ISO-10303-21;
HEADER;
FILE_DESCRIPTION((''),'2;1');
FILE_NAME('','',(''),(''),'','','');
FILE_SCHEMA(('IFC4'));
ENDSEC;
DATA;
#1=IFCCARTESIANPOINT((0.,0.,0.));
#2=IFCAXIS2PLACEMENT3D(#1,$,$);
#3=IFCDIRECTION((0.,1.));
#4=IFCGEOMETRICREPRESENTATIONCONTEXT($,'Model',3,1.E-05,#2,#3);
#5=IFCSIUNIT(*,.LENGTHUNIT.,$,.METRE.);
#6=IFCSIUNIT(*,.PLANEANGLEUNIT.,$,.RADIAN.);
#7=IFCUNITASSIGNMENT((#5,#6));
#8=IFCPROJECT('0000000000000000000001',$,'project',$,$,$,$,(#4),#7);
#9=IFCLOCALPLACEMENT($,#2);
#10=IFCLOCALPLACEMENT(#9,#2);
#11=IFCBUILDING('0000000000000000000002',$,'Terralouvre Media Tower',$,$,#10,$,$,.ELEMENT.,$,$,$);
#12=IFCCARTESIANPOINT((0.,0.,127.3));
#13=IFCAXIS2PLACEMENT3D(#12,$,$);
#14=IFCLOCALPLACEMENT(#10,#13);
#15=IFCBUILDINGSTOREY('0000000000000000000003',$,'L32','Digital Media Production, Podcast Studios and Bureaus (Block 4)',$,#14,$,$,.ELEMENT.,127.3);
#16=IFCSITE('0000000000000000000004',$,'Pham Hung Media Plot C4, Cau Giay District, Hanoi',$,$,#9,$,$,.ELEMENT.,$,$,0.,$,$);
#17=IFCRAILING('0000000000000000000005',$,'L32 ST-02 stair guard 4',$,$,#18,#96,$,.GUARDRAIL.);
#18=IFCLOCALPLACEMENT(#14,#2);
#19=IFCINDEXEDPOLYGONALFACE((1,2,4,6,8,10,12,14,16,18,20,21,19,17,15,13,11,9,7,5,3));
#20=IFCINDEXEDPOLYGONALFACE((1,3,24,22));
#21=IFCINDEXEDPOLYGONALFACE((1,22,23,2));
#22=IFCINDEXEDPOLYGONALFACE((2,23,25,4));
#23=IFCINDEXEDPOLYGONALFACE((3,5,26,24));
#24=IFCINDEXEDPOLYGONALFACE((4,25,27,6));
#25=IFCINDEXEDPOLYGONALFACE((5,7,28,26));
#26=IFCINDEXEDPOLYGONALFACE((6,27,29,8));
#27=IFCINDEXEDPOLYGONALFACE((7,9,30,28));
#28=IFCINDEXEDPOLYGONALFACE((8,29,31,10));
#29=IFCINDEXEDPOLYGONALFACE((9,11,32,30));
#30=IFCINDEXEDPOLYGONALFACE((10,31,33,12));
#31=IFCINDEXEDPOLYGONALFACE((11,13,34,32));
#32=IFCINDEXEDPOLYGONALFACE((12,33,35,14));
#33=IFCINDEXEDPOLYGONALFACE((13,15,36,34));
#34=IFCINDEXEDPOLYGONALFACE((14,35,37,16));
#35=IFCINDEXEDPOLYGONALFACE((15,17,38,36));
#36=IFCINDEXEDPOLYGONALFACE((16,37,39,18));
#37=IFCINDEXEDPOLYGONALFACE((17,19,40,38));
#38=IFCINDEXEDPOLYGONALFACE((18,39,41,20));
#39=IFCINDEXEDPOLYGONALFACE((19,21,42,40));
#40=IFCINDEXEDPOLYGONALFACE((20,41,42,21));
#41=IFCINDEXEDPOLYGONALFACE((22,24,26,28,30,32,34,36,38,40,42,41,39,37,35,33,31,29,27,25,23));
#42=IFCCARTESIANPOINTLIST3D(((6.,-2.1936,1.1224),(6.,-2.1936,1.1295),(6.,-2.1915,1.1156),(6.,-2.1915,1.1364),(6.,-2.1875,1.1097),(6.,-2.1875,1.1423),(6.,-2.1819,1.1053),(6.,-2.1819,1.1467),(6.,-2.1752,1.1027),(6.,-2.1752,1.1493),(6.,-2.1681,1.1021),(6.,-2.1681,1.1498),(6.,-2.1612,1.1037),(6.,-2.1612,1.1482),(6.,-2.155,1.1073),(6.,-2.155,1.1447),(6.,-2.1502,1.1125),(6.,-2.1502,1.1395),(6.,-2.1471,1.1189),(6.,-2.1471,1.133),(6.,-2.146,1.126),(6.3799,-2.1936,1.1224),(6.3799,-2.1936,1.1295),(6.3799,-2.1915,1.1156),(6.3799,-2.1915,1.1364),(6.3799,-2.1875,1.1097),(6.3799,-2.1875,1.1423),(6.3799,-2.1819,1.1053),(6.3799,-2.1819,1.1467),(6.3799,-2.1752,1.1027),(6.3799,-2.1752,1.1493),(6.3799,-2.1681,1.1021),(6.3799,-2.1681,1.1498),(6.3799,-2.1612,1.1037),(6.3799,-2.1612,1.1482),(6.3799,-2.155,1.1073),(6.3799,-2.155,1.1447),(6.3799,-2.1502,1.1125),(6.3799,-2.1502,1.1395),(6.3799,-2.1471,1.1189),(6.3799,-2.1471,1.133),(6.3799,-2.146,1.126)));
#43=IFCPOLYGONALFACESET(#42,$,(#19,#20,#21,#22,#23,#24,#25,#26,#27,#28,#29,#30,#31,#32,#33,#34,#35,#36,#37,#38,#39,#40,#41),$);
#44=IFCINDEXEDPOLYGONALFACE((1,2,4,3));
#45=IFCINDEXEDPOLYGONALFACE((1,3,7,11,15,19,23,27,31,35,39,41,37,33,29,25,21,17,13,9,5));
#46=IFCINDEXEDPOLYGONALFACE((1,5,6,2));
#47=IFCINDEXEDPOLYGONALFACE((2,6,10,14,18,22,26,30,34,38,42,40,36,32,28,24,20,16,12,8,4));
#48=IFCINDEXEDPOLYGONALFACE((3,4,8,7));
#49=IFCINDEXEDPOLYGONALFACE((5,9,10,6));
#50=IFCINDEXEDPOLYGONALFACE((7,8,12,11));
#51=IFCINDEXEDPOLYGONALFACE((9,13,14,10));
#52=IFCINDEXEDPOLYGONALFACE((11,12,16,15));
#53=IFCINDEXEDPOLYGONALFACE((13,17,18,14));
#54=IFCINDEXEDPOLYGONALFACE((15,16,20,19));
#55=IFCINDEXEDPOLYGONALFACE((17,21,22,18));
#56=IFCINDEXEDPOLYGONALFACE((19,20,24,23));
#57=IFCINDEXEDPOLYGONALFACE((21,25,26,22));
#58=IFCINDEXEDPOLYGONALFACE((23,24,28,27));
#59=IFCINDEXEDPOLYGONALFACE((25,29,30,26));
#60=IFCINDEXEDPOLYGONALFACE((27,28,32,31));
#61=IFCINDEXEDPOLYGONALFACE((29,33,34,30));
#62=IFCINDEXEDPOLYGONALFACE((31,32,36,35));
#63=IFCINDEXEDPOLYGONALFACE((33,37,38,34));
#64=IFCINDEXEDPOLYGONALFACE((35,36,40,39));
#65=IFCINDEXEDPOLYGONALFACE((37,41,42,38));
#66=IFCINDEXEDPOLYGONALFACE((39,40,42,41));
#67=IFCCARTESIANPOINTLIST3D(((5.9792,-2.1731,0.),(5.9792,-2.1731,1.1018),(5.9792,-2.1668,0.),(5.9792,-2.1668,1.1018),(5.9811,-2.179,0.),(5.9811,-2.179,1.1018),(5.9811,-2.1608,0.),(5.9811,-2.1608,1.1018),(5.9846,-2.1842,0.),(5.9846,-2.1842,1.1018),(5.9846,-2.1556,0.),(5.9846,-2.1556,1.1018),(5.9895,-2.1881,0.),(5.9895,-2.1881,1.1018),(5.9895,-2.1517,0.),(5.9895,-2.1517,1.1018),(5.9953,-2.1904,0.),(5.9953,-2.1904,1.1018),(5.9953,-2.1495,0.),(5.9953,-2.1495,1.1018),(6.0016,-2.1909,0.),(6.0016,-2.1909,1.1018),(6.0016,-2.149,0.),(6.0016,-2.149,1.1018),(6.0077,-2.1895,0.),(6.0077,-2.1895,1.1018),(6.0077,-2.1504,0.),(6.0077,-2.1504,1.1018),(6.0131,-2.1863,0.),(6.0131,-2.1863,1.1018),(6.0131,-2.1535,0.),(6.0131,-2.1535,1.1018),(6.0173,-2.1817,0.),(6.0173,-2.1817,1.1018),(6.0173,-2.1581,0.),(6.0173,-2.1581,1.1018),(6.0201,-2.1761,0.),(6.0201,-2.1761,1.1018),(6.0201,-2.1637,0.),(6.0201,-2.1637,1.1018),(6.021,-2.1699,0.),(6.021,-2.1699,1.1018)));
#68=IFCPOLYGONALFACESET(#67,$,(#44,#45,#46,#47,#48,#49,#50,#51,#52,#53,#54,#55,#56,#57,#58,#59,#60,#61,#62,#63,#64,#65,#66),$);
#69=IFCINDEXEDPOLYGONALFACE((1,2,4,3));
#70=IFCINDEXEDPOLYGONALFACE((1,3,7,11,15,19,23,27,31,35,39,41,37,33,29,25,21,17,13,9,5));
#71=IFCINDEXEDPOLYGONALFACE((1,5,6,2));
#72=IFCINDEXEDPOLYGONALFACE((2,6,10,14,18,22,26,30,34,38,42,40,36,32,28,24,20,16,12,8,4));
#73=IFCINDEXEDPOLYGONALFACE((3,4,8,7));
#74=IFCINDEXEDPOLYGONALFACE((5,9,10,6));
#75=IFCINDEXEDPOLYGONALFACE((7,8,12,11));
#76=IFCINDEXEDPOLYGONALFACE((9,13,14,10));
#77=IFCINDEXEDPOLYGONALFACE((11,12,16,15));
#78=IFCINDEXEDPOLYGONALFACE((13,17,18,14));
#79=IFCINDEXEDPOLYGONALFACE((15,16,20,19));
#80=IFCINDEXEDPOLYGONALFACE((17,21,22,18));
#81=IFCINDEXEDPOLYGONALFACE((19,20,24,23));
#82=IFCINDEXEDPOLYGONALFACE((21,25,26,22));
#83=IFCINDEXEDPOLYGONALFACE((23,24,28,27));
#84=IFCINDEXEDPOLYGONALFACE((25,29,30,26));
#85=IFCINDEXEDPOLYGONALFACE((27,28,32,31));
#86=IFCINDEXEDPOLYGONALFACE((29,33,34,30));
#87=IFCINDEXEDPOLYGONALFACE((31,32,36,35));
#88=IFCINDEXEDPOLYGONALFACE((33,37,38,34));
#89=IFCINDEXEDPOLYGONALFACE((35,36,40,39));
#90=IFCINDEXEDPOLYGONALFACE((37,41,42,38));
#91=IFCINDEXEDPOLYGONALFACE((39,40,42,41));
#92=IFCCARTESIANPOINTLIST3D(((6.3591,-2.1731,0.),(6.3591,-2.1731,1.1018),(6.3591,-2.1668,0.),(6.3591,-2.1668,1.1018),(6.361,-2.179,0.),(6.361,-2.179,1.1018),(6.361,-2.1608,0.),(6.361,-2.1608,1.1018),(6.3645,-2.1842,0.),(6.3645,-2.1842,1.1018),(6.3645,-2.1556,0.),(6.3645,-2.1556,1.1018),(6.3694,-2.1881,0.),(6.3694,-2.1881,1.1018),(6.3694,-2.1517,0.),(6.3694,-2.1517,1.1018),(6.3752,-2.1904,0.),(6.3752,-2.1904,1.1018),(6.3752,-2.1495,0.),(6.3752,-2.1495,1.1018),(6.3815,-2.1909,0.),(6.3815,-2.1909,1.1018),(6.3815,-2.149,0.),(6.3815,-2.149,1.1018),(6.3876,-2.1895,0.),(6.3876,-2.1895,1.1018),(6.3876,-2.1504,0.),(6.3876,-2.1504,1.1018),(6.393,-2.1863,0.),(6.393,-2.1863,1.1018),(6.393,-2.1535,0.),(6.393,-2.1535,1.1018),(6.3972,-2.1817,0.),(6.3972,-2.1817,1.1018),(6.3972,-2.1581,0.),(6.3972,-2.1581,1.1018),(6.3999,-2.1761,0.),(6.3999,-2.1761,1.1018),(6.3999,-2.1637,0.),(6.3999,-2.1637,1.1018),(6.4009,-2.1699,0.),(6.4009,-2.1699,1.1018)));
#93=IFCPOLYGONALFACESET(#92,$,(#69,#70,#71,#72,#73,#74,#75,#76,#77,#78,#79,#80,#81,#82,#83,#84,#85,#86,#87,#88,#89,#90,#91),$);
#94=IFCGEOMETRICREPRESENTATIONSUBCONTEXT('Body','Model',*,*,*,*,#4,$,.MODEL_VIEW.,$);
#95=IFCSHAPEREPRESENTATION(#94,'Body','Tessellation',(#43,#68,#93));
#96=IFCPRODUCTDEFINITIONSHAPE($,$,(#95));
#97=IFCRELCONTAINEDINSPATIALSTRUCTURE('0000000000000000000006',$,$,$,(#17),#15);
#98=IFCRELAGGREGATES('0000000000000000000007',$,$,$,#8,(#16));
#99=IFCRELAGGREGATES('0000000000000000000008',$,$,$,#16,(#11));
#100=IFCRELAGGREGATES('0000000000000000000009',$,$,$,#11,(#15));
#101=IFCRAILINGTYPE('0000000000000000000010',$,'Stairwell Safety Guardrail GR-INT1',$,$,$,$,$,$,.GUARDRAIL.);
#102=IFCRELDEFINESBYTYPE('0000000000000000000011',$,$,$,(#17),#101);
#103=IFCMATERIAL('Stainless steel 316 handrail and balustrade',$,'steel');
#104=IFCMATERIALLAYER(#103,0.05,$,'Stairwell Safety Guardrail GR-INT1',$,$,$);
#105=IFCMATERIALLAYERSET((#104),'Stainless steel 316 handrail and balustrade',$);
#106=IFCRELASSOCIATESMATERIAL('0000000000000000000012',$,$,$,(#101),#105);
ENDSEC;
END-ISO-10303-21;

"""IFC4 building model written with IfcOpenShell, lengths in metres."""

from ifc_helpers import new_model, si_unit, direction, frame, origin, origin_2d, place, context, subcontext, project, spatial, circle, extrude, material, layer, layer_set, type_object, element, save


model = new_model("IFC4")

# Units and contexts
model_context = context("Model", 3, precision=1e-05, world=origin(), true_north=direction((0.0, 1.0)))
body_context = subcontext(model_context, "Body", "Model", "MODEL_VIEW")
ifc_project = project(units=[si_unit("LENGTHUNIT", "METRE"), si_unit("PLANEANGLEUNIT", "RADIAN")], contexts=[model_context])

# Site, building, storey
site_placement = place(None, origin())
site = spatial("IfcSite", under=ifc_project, at=site_placement, Name="Pham Hung Media Plot C4, Cau Giay District, Hanoi", CompositionType="ELEMENT", RefElevation=0.0)
building_placement = place(site_placement, origin())
building = spatial("IfcBuilding", under=site, at=building_placement, Name="Terralouvre Media Tower", CompositionType="ELEMENT")
storey_placement = place(building_placement, frame((0.0, 0.0, 127.3)))
storey = spatial("IfcBuildingStorey", under=building, at=storey_placement, Name="L32", Description="Digital Media Production, Podcast Studios and Bureaus (Block 4)", CompositionType="ELEMENT", Elevation=127.3)

# Railing
ifc_material_1 = material(Name="Stainless steel 316 handrail and balustrade", Category="steel")
ifc_layer_1 = layer(ifc_material_1, 0.05, Name="Stairwell Safety Guardrail GR-INT1")
ifc_layer_set_1 = layer_set([ifc_layer_1], Name="Stainless steel 316 handrail and balustrade")
railing_type_1 = type_object("IfcRailingType", Name="Stairwell Safety Guardrail GR-INT1", PredefinedType="GUARDRAIL", material=ifc_layer_set_1)
railing_1_placement = place(storey_placement, frame((6.0, -2.1699, 0.0)))
element("IfcRailing", 1, at=railing_1_placement, inside=storey, type_object=railing_type_1, Name="L32 ST-02 stair guard 4", PredefinedType="GUARDRAIL", context=body_context, shape_type="SweptSolid", body=[
    extrude(circle(Radius=0.0239, at=origin_2d()), frame((0.0, 0.0, 1.126), z_axis=(1.0, 0.0, 0.0), x_axis=(0.0, 1.0, 0.0)), (0.0, 0.0, 1.0), 0.3799),
    extrude(circle(Radius=0.021, at=origin_2d()), origin(), (0.0, 0.0, 1.0), 1.1018),
    extrude(circle(Radius=0.021, at=origin_2d()), frame((0.3799, 0.0, 0.0)), (0.0, 0.0, 1.0), 1.1018),
])

save(model, "model.ifc")
